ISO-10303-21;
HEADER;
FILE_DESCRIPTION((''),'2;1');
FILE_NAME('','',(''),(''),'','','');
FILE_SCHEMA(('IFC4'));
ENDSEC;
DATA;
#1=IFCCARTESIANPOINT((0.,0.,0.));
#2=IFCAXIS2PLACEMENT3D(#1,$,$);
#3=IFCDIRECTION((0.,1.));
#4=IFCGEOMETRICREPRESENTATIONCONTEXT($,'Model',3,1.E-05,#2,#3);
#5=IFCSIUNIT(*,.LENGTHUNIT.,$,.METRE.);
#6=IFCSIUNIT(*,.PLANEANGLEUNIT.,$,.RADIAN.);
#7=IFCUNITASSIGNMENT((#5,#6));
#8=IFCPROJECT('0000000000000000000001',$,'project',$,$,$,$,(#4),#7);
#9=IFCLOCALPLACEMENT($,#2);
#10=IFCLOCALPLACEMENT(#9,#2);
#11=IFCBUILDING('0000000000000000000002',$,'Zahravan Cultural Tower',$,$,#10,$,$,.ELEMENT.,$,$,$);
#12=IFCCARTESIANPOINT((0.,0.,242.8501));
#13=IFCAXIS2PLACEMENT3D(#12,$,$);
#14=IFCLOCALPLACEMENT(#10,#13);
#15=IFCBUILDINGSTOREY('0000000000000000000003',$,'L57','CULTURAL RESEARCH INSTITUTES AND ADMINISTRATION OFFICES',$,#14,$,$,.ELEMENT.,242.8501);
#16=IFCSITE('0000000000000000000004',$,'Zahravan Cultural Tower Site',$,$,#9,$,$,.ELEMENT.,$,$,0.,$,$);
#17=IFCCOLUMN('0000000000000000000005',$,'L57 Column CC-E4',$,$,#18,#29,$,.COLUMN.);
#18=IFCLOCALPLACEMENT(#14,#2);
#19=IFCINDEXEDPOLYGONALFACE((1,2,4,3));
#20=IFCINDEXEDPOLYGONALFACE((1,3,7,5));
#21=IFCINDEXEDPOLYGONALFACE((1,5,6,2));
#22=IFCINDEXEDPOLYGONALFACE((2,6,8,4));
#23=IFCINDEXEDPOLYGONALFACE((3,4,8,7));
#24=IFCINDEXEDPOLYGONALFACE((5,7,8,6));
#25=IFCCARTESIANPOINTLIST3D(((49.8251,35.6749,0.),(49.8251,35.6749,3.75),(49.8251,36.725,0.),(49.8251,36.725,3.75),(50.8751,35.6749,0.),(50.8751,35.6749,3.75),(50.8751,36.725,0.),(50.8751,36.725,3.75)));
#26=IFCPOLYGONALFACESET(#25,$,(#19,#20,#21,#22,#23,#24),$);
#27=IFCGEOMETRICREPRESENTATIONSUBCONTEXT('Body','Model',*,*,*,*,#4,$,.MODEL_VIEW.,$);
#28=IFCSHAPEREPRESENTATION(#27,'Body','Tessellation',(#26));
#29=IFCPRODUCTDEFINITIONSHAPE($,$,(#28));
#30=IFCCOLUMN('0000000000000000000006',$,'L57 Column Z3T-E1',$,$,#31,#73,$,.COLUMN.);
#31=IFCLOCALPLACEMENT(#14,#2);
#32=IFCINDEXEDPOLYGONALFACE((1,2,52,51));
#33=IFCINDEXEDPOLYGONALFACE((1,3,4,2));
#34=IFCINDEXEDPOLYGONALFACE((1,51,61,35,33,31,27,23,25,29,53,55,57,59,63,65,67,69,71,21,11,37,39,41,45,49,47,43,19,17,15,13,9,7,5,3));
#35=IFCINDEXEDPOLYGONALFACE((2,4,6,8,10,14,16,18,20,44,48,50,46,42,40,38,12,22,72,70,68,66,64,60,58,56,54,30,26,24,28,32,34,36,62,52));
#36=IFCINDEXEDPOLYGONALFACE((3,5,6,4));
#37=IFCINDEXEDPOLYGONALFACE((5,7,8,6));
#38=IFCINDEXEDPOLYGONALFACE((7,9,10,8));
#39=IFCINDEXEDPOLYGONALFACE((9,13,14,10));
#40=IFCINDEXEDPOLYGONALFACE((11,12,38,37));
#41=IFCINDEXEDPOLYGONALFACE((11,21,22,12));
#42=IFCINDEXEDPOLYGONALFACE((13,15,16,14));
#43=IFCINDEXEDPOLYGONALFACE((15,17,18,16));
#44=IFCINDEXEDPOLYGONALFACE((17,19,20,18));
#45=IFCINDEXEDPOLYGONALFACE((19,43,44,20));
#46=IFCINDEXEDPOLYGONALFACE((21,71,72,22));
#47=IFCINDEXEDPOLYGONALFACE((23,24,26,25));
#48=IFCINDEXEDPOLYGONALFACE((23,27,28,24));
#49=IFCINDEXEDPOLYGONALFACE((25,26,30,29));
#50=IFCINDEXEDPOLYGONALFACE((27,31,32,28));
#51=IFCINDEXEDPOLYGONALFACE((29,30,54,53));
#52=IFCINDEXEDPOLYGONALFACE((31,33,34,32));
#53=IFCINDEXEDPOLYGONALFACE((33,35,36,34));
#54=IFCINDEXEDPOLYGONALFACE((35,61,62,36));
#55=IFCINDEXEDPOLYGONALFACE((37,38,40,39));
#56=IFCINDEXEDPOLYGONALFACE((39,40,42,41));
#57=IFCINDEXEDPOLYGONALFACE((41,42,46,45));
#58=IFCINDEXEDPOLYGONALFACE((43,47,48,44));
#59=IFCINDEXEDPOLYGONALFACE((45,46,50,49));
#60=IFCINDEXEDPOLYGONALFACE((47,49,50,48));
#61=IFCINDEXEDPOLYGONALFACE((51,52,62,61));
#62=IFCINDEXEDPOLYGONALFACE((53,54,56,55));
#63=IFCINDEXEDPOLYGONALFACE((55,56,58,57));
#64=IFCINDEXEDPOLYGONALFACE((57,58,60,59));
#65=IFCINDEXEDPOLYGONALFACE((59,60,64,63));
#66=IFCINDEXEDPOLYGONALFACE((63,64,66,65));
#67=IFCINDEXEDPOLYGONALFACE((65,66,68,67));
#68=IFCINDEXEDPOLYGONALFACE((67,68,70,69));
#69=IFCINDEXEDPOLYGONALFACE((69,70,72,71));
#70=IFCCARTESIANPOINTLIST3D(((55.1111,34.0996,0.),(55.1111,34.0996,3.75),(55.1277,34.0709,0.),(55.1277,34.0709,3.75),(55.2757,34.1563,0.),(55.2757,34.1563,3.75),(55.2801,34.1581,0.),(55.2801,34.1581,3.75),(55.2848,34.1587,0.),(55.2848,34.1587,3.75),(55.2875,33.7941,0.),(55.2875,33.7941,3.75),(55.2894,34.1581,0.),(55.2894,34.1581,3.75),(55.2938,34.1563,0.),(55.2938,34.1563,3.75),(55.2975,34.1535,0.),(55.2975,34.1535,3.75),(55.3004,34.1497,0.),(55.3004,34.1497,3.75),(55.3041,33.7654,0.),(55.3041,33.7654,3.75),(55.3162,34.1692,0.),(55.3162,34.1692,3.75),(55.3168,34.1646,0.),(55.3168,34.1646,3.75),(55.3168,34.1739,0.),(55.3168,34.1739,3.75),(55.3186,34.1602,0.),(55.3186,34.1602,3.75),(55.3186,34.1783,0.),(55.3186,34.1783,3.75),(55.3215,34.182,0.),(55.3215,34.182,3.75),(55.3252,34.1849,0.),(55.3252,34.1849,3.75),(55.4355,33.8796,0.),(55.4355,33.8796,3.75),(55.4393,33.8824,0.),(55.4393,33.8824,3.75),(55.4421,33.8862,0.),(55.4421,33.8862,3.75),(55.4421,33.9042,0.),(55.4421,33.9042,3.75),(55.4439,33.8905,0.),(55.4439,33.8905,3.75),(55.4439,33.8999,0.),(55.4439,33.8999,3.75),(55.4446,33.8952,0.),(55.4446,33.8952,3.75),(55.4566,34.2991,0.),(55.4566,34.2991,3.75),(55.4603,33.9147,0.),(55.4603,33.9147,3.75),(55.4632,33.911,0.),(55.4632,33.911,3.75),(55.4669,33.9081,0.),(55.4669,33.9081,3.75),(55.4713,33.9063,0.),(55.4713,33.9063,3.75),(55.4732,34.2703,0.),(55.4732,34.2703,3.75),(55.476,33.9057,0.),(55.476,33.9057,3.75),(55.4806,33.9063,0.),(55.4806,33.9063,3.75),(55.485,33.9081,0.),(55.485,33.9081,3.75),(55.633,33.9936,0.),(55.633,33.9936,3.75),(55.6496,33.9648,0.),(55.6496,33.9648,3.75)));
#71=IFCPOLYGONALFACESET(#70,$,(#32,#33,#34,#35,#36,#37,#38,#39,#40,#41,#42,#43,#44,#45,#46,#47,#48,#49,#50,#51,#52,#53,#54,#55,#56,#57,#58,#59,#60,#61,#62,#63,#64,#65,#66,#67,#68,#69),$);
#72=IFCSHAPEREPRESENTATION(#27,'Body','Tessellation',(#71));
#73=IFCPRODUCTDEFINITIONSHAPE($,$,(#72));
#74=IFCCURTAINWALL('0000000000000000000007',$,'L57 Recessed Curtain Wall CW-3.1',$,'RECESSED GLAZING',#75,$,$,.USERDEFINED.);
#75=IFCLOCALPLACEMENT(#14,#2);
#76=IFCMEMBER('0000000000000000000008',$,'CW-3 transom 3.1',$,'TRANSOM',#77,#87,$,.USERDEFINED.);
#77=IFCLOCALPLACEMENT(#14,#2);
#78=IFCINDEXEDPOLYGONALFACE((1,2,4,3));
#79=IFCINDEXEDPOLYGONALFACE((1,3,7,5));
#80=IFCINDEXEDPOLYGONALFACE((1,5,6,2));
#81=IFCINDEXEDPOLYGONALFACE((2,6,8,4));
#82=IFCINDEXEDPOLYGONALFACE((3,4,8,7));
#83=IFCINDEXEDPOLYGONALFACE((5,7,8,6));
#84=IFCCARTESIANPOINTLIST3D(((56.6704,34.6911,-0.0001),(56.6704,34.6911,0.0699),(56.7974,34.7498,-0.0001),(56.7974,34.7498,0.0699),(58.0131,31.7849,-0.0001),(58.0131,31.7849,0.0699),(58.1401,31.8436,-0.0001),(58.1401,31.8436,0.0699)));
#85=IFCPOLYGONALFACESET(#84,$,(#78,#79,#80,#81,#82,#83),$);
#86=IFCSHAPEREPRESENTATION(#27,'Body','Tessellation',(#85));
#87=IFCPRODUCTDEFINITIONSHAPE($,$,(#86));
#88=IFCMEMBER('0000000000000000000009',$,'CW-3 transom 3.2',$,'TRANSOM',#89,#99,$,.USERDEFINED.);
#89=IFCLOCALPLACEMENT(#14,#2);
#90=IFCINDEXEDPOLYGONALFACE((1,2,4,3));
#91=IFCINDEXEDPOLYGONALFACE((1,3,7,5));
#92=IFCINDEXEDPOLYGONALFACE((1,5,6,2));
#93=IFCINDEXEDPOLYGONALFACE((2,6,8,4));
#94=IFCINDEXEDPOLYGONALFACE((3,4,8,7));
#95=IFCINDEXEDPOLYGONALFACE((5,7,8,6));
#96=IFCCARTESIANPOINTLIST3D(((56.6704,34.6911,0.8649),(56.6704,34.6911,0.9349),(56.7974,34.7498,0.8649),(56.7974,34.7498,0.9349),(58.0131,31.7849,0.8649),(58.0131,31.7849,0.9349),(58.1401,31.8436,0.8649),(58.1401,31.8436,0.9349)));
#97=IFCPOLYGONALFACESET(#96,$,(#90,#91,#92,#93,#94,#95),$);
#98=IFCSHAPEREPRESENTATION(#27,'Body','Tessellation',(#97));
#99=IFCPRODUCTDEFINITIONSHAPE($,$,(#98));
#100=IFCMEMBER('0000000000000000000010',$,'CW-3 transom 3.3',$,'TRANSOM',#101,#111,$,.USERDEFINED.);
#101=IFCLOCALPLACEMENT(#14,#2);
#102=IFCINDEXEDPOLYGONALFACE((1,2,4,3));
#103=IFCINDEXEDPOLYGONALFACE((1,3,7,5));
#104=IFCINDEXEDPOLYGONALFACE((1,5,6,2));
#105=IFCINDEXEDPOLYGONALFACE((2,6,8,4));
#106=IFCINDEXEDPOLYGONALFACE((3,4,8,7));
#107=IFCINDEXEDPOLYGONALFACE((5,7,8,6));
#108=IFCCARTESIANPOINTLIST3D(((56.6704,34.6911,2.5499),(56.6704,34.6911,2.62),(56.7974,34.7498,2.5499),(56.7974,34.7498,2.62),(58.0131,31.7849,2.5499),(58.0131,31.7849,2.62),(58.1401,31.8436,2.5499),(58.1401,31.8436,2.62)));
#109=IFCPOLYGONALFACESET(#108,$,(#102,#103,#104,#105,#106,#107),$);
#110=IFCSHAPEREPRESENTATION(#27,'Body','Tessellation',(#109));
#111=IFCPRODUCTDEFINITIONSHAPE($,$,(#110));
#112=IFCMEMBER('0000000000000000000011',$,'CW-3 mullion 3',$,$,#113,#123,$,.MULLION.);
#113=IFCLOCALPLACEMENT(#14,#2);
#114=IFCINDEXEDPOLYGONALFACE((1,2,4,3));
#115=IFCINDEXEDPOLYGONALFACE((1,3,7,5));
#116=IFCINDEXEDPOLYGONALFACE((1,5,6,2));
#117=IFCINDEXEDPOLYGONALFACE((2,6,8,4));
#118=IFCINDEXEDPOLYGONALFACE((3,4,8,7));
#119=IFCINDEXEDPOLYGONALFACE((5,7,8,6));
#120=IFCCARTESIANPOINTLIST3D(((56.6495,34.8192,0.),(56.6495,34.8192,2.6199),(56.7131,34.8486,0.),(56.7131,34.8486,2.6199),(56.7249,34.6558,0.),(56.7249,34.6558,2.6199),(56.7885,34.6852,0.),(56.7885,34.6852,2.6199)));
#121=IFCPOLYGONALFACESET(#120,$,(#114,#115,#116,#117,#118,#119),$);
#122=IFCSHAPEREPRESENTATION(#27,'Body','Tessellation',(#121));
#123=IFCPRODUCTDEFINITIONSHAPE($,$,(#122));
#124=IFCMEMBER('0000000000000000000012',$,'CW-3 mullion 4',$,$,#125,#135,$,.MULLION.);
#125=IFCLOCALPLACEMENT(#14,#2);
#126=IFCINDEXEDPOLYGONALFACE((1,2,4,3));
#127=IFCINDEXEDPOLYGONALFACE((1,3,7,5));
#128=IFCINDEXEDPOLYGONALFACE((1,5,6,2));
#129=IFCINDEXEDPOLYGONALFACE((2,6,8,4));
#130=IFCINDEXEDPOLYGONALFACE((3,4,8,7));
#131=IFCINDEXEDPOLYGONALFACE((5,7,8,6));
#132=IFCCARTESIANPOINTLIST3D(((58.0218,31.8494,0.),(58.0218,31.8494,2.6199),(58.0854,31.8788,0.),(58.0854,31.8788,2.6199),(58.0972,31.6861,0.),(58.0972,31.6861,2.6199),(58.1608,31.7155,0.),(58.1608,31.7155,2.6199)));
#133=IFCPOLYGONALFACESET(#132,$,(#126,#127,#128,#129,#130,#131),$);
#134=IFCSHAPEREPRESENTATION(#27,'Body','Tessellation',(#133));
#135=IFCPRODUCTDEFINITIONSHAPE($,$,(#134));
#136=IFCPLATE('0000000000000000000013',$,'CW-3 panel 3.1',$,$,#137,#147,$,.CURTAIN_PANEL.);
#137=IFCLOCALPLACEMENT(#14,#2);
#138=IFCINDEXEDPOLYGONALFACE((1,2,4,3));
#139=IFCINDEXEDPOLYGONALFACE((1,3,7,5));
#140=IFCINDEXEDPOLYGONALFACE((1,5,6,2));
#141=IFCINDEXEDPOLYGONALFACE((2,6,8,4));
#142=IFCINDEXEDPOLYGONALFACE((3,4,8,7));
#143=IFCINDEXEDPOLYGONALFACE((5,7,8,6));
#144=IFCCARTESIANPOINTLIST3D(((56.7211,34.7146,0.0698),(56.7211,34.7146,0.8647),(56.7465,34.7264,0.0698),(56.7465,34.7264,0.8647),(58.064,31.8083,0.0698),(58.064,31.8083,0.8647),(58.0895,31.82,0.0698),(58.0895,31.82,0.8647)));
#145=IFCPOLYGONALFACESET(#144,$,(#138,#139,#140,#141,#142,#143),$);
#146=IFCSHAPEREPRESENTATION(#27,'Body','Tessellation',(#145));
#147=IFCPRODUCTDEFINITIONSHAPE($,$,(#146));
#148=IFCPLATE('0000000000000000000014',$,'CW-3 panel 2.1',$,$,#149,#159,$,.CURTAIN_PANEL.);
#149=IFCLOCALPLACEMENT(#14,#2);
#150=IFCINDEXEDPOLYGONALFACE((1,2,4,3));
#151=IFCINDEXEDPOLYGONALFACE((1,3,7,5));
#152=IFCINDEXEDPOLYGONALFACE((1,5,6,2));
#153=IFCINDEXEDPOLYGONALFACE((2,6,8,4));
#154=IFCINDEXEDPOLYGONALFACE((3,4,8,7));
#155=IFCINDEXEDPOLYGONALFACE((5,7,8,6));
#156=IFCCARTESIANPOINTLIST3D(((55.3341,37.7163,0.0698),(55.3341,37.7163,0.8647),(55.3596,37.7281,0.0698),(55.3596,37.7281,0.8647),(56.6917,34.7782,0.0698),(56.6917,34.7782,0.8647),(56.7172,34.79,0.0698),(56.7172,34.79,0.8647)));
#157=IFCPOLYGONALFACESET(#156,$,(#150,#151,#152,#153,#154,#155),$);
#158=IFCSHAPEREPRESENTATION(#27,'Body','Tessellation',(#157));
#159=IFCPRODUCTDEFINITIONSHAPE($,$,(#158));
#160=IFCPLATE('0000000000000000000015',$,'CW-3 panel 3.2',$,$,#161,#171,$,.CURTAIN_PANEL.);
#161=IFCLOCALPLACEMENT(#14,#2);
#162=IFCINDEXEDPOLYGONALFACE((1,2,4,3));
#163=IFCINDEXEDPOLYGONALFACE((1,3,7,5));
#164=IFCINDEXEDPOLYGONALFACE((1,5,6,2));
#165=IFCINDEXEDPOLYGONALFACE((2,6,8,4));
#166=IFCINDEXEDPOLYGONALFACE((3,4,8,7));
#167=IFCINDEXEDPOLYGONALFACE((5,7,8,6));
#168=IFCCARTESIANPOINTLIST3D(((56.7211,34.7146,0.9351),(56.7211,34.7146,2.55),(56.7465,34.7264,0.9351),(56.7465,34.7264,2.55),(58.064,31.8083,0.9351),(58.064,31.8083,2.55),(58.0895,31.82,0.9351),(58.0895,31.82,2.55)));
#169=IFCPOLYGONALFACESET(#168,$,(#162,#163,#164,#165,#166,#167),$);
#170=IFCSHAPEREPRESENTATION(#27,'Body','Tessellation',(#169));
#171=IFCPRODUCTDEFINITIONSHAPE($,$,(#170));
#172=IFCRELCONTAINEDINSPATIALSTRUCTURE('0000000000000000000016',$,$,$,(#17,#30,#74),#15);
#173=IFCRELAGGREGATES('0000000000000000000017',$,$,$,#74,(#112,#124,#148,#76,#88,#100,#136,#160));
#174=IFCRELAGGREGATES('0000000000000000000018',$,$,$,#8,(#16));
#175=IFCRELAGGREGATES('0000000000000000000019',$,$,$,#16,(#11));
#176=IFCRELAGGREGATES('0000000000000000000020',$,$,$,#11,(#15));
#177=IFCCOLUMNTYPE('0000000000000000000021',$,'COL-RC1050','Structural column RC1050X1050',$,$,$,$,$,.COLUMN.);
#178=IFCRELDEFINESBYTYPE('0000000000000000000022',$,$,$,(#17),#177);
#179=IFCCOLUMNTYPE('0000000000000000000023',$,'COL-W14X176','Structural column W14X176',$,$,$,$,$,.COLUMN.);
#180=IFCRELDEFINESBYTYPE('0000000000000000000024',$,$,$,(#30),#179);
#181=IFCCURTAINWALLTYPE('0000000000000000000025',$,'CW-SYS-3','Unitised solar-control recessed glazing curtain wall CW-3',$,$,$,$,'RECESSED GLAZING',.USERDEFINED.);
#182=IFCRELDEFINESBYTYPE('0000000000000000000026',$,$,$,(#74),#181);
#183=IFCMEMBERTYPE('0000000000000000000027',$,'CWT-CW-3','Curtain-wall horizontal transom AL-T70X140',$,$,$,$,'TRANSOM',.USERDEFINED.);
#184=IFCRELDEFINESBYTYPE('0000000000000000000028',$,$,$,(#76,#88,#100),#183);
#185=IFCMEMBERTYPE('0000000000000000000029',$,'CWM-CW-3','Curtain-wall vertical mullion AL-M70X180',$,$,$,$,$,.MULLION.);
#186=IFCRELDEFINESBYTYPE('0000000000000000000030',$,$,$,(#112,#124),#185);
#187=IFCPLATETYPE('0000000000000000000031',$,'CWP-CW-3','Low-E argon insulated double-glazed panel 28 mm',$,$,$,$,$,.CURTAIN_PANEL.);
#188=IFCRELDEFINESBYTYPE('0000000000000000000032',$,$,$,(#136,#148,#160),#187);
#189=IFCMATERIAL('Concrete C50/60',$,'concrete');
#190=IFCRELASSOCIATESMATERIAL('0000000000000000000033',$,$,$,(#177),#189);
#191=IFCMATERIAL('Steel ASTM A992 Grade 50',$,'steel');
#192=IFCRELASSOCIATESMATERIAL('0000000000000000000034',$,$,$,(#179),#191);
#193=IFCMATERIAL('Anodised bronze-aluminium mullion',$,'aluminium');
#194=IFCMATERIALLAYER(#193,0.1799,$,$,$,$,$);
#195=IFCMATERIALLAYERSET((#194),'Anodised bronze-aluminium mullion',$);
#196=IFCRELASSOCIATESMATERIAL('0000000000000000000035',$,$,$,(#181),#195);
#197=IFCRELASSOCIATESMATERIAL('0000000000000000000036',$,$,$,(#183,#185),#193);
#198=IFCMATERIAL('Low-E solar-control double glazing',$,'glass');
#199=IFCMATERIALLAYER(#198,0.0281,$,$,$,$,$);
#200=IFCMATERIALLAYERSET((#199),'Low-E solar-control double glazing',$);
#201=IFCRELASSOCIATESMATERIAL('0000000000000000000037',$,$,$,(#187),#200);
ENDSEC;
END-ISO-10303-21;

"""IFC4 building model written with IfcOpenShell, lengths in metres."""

from ifc_helpers import new_model, si_unit, direction, frame, origin, origin_2d, place, context, subcontext, project, spatial, rectangle, i_section, extrude, source, transform, mapped, material, layer, layer_set, material_profile, profile_set, type_object, element, aggregate, save


model = new_model("IFC4")

# Units and contexts
model_context = context("Model", 3, precision=1e-05, world=origin(), true_north=direction((0.0, 1.0)))
body_context = subcontext(model_context, "Body", "Model", "MODEL_VIEW")
ifc_project = project(units=[si_unit("LENGTHUNIT", "METRE"), si_unit("PLANEANGLEUNIT", "RADIAN")], contexts=[model_context])

# Site, building, storey
site_placement = place(None, origin())
site = spatial("IfcSite", under=ifc_project, at=site_placement, Name="Zahravan Cultural Tower Site", CompositionType="ELEMENT", RefElevation=0.0)
building_placement = place(site_placement, origin())
building = spatial("IfcBuilding", under=site, at=building_placement, Name="Zahravan Cultural Tower", CompositionType="ELEMENT")
storey_placement = place(building_placement, frame((0.0, 0.0, 242.8501)))
storey = spatial("IfcBuildingStorey", under=building, at=storey_placement, Name="L57", Description="CULTURAL RESEARCH INSTITUTES AND ADMINISTRATION OFFICES", CompositionType="ELEMENT", Elevation=242.8501)

# Columns
ifc_material_1 = material(Name="Concrete C50/60", Category="concrete")
ifc_material_profile_1 = material_profile(ifc_material_1, rectangle(XDim=1.05, YDim=1.05, at=origin_2d()), Name="RC1050X1050")
ifc_profile_set_1 = profile_set([ifc_material_profile_1], Name="Concrete C50/60")
column_type_1 = type_object("IfcColumnType", Name="COL-RC1050", Description="Structural column RC1050X1050", PredefinedType="COLUMN", material=ifc_profile_set_1)
shared_shape_1 = source(origin(), body_context, "Body", "SweptSolid", [
    extrude(rectangle(XDim=1.05, YDim=1.05, at=origin_2d()), origin(), (0.0, 0.0, 1.0), 3.75),
])
column_1_placement = place(storey_placement, frame((50.3501, 36.2, 0.0), z_axis=(0.0, 0.0, 1.0), x_axis=(1.0, 0.0, 0.0)))
element("IfcColumn", 1, at=column_1_placement, inside=storey, type_object=column_type_1, Name="L57 Column CC-E4", PredefinedType="COLUMN", context=body_context, shape_type="MappedRepresentation", body=[
    mapped(shared_shape_1, transform((0.0, 0.0, 0.0), x_axis=(1.0, 0.0, 0.0), y_axis=(0.0, 1.0, 0.0), z_axis=(0.0, 0.0, 1.0), scale=1.0)),
])
ifc_material_2 = material(Name="Steel ASTM A992 Grade 50", Category="steel")
ifc_material_profile_2 = material_profile(ifc_material_2, i_section(OverallWidth=0.3989, OverallDepth=0.386, WebThickness=0.021, FlangeThickness=0.0332, FilletRadius=0.0181, at=origin_2d()), Name="W14X176")
ifc_profile_set_2 = profile_set([ifc_material_profile_2], Name="Steel ASTM A992 Grade 50")
column_type_2 = type_object("IfcColumnType", Name="COL-W14X176", Description="Structural column W14X176", PredefinedType="COLUMN", material=ifc_profile_set_2)
shared_shape_2 = source(origin(), body_context, "Body", "SweptSolid", [
    extrude(i_section(OverallWidth=0.3989, OverallDepth=0.386, WebThickness=0.021, FlangeThickness=0.0332, FilletRadius=0.0181, at=origin_2d()), origin(), (0.0, 0.0, 1.0), 3.75),
])
column_2_placement = place(storey_placement, frame((55.3804, 34.0322, 0.0), z_axis=(0.0, 0.0, 1.0), x_axis=(0.866025, 0.5, 0.0)))
element("IfcColumn", 2, at=column_2_placement, inside=storey, type_object=column_type_2, Name="L57 Column Z3T-E1", PredefinedType="COLUMN", context=body_context, shape_type="MappedRepresentation", body=[
    mapped(shared_shape_2, transform((0.0, 0.0, 0.0), x_axis=(1.0, 0.0, 0.0), y_axis=(0.0, 1.0, 0.0), z_axis=(0.0, 0.0, 1.0), scale=1.0)),
])

# Curtain wall, members, plates
ifc_material_3 = material(Name="Anodised bronze-aluminium mullion", Category="aluminium")
ifc_layer_1 = layer(ifc_material_3, 0.1799)
ifc_layer_set_1 = layer_set([ifc_layer_1], Name="Anodised bronze-aluminium mullion")
curtain_wall_type = type_object("IfcCurtainWallType", Name="CW-SYS-3", Description="Unitised solar-control recessed glazing curtain wall CW-3", ElementType="RECESSED GLAZING", PredefinedType="USERDEFINED", material=ifc_layer_set_1)
curtain_wall_placement = place(storey_placement, origin())
curtain_wall = element("IfcCurtainWall", 3, at=curtain_wall_placement, inside=storey, type_object=curtain_wall_type, Name="L57 Recessed Curtain Wall CW-3.1", ObjectType="RECESSED GLAZING", PredefinedType="USERDEFINED")
ifc_material_profile_3 = material_profile(ifc_material_3, rectangle(XDim=0.1399, YDim=0.0701, at=origin_2d()), Name="AL-T70X140")
ifc_profile_set_3 = profile_set([ifc_material_profile_3], Name="Anodised bronze-aluminium mullion")
member_type_1 = type_object("IfcMemberType", Name="CWT-CW-3", Description="Curtain-wall horizontal transom AL-T70X140", ElementType="TRANSOM", PredefinedType="USERDEFINED", material=ifc_profile_set_3)
shared_shape_3 = source(origin(), body_context, "Body", "SweptSolid", [
    extrude(rectangle(XDim=0.1399, YDim=0.0701, at=origin_2d()), origin(), (0.0, 0.0, 1.0), 3.2014),
])
member_1_placement = place(storey_placement, frame((56.7339, 34.7205, 0.0349), z_axis=(0.419426, -0.90779, 0.0), x_axis=(0.90779, 0.419426, 0.0)))
member_1 = element("IfcMember", 4, at=member_1_placement, type_object=member_type_1, Name="CW-3 transom 3.1", ObjectType="TRANSOM", PredefinedType="USERDEFINED", context=body_context, shape_type="MappedRepresentation", body=[
    mapped(shared_shape_3, transform((0.0, 0.0, 0.0), x_axis=(1.0, 0.0, 0.0), y_axis=(0.0, 1.0, 0.0), z_axis=(0.0, 0.0, 1.0), scale=1.0)),
])
member_2_placement = place(storey_placement, frame((56.7339, 34.7205, 0.8999), z_axis=(0.419426, -0.90779, 0.0), x_axis=(0.90779, 0.419426, 0.0)))
member_2 = element("IfcMember", 5, at=member_2_placement, type_object=member_type_1, Name="CW-3 transom 3.2", ObjectType="TRANSOM", PredefinedType="USERDEFINED", context=body_context, shape_type="MappedRepresentation", body=[
    mapped(shared_shape_3, transform((0.0, 0.0, 0.0), x_axis=(1.0, 0.0, 0.0), y_axis=(0.0, 1.0, 0.0), z_axis=(0.0, 0.0, 1.0), scale=1.0)),
])
member_3_placement = place(storey_placement, frame((56.7339, 34.7205, 2.585), z_axis=(0.419426, -0.90779, 0.0), x_axis=(0.90779, 0.419426, 0.0)))
member_3 = element("IfcMember", 6, at=member_3_placement, type_object=member_type_1, Name="CW-3 transom 3.3", ObjectType="TRANSOM", PredefinedType="USERDEFINED", context=body_context, shape_type="MappedRepresentation", body=[
    mapped(shared_shape_3, transform((0.0, 0.0, 0.0), x_axis=(1.0, 0.0, 0.0), y_axis=(0.0, 1.0, 0.0), z_axis=(0.0, 0.0, 1.0), scale=1.0)),
])
ifc_material_profile_4 = material_profile(ifc_material_3, rectangle(XDim=0.0701, YDim=0.1799, at=origin_2d()), Name="AL-M70X180")
ifc_profile_set_4 = profile_set([ifc_material_profile_4], Name="Anodised bronze-aluminium mullion")
member_type_2 = type_object("IfcMemberType", Name="CWM-CW-3", Description="Curtain-wall vertical mullion AL-M70X180", PredefinedType="MULLION", material=ifc_profile_set_4)
shared_shape_4 = source(origin(), body_context, "Body", "SweptSolid", [
    extrude(rectangle(XDim=0.0701, YDim=0.1799, at=origin_2d()), origin(), (0.0, 0.0, 1.0), 2.6199),
])
member_4_placement = place(storey_placement, frame((56.719, 34.7522, 0.0), z_axis=(0.0, 0.0, 1.0), x_axis=(0.907775, 0.419457, 0.0)))
member_4 = element("IfcMember", 7, at=member_4_placement, type_object=member_type_2, Name="CW-3 mullion 3", PredefinedType="MULLION", context=body_context, shape_type="MappedRepresentation", body=[
    mapped(shared_shape_4, transform((0.0, 0.0, 0.0), x_axis=(1.0, 0.0, 0.0), y_axis=(0.0, 1.0, 0.0), z_axis=(0.0, 0.0, 1.0), scale=1.0)),
])
member_5_placement = place(storey_placement, frame((58.0913, 31.7825, 0.0), z_axis=(0.0, 0.0, 1.0), x_axis=(0.907775, 0.419457, 0.0)))
member_5 = element("IfcMember", 8, at=member_5_placement, type_object=member_type_2, Name="CW-3 mullion 4", PredefinedType="MULLION", context=body_context, shape_type="MappedRepresentation", body=[
    mapped(shared_shape_4, transform((0.0, 0.0, 0.0), x_axis=(1.0, 0.0, 0.0), y_axis=(0.0, 1.0, 0.0), z_axis=(0.0, 0.0, 1.0), scale=1.0)),
])
ifc_material_4 = material(Name="Low-E solar-control double glazing", Category="glass")
ifc_layer_2 = layer(ifc_material_4, 0.0281)
ifc_layer_set_2 = layer_set([ifc_layer_2], Name="Low-E solar-control double glazing")
plate_type = type_object("IfcPlateType", Name="CWP-CW-3", Description="Low-E argon insulated double-glazed panel 28 mm", PredefinedType="CURTAIN_PANEL", material=ifc_layer_set_2)
shared_shape_5 = source(origin(), body_context, "Body", "SweptSolid", [
    extrude(rectangle(XDim=3.2017, YDim=0.0281, at=origin_2d()), origin(), (0.0, 0.0, 1.0), 0.7949),
])
plate_1_placement = place(storey_placement, frame((57.4053, 33.2673, 0.0698), z_axis=(0.0, 0.0, 1.0), x_axis=(0.419457, -0.907775, 0.0)))
plate_1 = element("IfcPlate", 9, at=plate_1_placement, type_object=plate_type, Name="CW-3 panel 3.1", PredefinedType="CURTAIN_PANEL", context=body_context, shape_type="MappedRepresentation", body=[
    mapped(shared_shape_5, transform((0.0, 0.0, 0.0), x_axis=(1.0, 0.0, 0.0), y_axis=(0.0, 1.0, 0.0), z_axis=(0.0, 0.0, 1.0), scale=1.0)),
])
shared_shape_6 = source(origin(), body_context, "Body", "SweptSolid", [
    extrude(rectangle(XDim=3.2366, YDim=0.0281, at=origin_2d()), origin(), (0.0, 0.0, 1.0), 0.7949),
])
plate_2_placement = place(storey_placement, frame((56.0256, 36.2532, 0.0698), z_axis=(0.0, 0.0, 1.0), x_axis=(0.419457, -0.907775, 0.0)))
plate_2 = element("IfcPlate", 10, at=plate_2_placement, type_object=plate_type, Name="CW-3 panel 2.1", PredefinedType="CURTAIN_PANEL", context=body_context, shape_type="MappedRepresentation", body=[
    mapped(shared_shape_6, transform((0.0, 0.0, 0.0), x_axis=(1.0, 0.0, 0.0), y_axis=(0.0, 1.0, 0.0), z_axis=(0.0, 0.0, 1.0), scale=1.0)),
])
shared_shape_7 = source(origin(), body_context, "Body", "SweptSolid", [
    extrude(rectangle(XDim=3.2017, YDim=0.0281, at=origin_2d()), origin(), (0.0, 0.0, 1.0), 1.615),
])
plate_3_placement = place(storey_placement, frame((57.4053, 33.2673, 0.9351), z_axis=(0.0, 0.0, 1.0), x_axis=(0.419457, -0.907775, 0.0)))
plate_3 = element("IfcPlate", 11, at=plate_3_placement, type_object=plate_type, Name="CW-3 panel 3.2", PredefinedType="CURTAIN_PANEL", context=body_context, shape_type="MappedRepresentation", body=[
    mapped(shared_shape_7, transform((0.0, 0.0, 0.0), x_axis=(1.0, 0.0, 0.0), y_axis=(0.0, 1.0, 0.0), z_axis=(0.0, 0.0, 1.0), scale=1.0)),
])
aggregate(curtain_wall, [member_4, member_5, plate_2, member_1, member_2, member_3, plate_1, plate_3])

save(model, "model.ifc")
